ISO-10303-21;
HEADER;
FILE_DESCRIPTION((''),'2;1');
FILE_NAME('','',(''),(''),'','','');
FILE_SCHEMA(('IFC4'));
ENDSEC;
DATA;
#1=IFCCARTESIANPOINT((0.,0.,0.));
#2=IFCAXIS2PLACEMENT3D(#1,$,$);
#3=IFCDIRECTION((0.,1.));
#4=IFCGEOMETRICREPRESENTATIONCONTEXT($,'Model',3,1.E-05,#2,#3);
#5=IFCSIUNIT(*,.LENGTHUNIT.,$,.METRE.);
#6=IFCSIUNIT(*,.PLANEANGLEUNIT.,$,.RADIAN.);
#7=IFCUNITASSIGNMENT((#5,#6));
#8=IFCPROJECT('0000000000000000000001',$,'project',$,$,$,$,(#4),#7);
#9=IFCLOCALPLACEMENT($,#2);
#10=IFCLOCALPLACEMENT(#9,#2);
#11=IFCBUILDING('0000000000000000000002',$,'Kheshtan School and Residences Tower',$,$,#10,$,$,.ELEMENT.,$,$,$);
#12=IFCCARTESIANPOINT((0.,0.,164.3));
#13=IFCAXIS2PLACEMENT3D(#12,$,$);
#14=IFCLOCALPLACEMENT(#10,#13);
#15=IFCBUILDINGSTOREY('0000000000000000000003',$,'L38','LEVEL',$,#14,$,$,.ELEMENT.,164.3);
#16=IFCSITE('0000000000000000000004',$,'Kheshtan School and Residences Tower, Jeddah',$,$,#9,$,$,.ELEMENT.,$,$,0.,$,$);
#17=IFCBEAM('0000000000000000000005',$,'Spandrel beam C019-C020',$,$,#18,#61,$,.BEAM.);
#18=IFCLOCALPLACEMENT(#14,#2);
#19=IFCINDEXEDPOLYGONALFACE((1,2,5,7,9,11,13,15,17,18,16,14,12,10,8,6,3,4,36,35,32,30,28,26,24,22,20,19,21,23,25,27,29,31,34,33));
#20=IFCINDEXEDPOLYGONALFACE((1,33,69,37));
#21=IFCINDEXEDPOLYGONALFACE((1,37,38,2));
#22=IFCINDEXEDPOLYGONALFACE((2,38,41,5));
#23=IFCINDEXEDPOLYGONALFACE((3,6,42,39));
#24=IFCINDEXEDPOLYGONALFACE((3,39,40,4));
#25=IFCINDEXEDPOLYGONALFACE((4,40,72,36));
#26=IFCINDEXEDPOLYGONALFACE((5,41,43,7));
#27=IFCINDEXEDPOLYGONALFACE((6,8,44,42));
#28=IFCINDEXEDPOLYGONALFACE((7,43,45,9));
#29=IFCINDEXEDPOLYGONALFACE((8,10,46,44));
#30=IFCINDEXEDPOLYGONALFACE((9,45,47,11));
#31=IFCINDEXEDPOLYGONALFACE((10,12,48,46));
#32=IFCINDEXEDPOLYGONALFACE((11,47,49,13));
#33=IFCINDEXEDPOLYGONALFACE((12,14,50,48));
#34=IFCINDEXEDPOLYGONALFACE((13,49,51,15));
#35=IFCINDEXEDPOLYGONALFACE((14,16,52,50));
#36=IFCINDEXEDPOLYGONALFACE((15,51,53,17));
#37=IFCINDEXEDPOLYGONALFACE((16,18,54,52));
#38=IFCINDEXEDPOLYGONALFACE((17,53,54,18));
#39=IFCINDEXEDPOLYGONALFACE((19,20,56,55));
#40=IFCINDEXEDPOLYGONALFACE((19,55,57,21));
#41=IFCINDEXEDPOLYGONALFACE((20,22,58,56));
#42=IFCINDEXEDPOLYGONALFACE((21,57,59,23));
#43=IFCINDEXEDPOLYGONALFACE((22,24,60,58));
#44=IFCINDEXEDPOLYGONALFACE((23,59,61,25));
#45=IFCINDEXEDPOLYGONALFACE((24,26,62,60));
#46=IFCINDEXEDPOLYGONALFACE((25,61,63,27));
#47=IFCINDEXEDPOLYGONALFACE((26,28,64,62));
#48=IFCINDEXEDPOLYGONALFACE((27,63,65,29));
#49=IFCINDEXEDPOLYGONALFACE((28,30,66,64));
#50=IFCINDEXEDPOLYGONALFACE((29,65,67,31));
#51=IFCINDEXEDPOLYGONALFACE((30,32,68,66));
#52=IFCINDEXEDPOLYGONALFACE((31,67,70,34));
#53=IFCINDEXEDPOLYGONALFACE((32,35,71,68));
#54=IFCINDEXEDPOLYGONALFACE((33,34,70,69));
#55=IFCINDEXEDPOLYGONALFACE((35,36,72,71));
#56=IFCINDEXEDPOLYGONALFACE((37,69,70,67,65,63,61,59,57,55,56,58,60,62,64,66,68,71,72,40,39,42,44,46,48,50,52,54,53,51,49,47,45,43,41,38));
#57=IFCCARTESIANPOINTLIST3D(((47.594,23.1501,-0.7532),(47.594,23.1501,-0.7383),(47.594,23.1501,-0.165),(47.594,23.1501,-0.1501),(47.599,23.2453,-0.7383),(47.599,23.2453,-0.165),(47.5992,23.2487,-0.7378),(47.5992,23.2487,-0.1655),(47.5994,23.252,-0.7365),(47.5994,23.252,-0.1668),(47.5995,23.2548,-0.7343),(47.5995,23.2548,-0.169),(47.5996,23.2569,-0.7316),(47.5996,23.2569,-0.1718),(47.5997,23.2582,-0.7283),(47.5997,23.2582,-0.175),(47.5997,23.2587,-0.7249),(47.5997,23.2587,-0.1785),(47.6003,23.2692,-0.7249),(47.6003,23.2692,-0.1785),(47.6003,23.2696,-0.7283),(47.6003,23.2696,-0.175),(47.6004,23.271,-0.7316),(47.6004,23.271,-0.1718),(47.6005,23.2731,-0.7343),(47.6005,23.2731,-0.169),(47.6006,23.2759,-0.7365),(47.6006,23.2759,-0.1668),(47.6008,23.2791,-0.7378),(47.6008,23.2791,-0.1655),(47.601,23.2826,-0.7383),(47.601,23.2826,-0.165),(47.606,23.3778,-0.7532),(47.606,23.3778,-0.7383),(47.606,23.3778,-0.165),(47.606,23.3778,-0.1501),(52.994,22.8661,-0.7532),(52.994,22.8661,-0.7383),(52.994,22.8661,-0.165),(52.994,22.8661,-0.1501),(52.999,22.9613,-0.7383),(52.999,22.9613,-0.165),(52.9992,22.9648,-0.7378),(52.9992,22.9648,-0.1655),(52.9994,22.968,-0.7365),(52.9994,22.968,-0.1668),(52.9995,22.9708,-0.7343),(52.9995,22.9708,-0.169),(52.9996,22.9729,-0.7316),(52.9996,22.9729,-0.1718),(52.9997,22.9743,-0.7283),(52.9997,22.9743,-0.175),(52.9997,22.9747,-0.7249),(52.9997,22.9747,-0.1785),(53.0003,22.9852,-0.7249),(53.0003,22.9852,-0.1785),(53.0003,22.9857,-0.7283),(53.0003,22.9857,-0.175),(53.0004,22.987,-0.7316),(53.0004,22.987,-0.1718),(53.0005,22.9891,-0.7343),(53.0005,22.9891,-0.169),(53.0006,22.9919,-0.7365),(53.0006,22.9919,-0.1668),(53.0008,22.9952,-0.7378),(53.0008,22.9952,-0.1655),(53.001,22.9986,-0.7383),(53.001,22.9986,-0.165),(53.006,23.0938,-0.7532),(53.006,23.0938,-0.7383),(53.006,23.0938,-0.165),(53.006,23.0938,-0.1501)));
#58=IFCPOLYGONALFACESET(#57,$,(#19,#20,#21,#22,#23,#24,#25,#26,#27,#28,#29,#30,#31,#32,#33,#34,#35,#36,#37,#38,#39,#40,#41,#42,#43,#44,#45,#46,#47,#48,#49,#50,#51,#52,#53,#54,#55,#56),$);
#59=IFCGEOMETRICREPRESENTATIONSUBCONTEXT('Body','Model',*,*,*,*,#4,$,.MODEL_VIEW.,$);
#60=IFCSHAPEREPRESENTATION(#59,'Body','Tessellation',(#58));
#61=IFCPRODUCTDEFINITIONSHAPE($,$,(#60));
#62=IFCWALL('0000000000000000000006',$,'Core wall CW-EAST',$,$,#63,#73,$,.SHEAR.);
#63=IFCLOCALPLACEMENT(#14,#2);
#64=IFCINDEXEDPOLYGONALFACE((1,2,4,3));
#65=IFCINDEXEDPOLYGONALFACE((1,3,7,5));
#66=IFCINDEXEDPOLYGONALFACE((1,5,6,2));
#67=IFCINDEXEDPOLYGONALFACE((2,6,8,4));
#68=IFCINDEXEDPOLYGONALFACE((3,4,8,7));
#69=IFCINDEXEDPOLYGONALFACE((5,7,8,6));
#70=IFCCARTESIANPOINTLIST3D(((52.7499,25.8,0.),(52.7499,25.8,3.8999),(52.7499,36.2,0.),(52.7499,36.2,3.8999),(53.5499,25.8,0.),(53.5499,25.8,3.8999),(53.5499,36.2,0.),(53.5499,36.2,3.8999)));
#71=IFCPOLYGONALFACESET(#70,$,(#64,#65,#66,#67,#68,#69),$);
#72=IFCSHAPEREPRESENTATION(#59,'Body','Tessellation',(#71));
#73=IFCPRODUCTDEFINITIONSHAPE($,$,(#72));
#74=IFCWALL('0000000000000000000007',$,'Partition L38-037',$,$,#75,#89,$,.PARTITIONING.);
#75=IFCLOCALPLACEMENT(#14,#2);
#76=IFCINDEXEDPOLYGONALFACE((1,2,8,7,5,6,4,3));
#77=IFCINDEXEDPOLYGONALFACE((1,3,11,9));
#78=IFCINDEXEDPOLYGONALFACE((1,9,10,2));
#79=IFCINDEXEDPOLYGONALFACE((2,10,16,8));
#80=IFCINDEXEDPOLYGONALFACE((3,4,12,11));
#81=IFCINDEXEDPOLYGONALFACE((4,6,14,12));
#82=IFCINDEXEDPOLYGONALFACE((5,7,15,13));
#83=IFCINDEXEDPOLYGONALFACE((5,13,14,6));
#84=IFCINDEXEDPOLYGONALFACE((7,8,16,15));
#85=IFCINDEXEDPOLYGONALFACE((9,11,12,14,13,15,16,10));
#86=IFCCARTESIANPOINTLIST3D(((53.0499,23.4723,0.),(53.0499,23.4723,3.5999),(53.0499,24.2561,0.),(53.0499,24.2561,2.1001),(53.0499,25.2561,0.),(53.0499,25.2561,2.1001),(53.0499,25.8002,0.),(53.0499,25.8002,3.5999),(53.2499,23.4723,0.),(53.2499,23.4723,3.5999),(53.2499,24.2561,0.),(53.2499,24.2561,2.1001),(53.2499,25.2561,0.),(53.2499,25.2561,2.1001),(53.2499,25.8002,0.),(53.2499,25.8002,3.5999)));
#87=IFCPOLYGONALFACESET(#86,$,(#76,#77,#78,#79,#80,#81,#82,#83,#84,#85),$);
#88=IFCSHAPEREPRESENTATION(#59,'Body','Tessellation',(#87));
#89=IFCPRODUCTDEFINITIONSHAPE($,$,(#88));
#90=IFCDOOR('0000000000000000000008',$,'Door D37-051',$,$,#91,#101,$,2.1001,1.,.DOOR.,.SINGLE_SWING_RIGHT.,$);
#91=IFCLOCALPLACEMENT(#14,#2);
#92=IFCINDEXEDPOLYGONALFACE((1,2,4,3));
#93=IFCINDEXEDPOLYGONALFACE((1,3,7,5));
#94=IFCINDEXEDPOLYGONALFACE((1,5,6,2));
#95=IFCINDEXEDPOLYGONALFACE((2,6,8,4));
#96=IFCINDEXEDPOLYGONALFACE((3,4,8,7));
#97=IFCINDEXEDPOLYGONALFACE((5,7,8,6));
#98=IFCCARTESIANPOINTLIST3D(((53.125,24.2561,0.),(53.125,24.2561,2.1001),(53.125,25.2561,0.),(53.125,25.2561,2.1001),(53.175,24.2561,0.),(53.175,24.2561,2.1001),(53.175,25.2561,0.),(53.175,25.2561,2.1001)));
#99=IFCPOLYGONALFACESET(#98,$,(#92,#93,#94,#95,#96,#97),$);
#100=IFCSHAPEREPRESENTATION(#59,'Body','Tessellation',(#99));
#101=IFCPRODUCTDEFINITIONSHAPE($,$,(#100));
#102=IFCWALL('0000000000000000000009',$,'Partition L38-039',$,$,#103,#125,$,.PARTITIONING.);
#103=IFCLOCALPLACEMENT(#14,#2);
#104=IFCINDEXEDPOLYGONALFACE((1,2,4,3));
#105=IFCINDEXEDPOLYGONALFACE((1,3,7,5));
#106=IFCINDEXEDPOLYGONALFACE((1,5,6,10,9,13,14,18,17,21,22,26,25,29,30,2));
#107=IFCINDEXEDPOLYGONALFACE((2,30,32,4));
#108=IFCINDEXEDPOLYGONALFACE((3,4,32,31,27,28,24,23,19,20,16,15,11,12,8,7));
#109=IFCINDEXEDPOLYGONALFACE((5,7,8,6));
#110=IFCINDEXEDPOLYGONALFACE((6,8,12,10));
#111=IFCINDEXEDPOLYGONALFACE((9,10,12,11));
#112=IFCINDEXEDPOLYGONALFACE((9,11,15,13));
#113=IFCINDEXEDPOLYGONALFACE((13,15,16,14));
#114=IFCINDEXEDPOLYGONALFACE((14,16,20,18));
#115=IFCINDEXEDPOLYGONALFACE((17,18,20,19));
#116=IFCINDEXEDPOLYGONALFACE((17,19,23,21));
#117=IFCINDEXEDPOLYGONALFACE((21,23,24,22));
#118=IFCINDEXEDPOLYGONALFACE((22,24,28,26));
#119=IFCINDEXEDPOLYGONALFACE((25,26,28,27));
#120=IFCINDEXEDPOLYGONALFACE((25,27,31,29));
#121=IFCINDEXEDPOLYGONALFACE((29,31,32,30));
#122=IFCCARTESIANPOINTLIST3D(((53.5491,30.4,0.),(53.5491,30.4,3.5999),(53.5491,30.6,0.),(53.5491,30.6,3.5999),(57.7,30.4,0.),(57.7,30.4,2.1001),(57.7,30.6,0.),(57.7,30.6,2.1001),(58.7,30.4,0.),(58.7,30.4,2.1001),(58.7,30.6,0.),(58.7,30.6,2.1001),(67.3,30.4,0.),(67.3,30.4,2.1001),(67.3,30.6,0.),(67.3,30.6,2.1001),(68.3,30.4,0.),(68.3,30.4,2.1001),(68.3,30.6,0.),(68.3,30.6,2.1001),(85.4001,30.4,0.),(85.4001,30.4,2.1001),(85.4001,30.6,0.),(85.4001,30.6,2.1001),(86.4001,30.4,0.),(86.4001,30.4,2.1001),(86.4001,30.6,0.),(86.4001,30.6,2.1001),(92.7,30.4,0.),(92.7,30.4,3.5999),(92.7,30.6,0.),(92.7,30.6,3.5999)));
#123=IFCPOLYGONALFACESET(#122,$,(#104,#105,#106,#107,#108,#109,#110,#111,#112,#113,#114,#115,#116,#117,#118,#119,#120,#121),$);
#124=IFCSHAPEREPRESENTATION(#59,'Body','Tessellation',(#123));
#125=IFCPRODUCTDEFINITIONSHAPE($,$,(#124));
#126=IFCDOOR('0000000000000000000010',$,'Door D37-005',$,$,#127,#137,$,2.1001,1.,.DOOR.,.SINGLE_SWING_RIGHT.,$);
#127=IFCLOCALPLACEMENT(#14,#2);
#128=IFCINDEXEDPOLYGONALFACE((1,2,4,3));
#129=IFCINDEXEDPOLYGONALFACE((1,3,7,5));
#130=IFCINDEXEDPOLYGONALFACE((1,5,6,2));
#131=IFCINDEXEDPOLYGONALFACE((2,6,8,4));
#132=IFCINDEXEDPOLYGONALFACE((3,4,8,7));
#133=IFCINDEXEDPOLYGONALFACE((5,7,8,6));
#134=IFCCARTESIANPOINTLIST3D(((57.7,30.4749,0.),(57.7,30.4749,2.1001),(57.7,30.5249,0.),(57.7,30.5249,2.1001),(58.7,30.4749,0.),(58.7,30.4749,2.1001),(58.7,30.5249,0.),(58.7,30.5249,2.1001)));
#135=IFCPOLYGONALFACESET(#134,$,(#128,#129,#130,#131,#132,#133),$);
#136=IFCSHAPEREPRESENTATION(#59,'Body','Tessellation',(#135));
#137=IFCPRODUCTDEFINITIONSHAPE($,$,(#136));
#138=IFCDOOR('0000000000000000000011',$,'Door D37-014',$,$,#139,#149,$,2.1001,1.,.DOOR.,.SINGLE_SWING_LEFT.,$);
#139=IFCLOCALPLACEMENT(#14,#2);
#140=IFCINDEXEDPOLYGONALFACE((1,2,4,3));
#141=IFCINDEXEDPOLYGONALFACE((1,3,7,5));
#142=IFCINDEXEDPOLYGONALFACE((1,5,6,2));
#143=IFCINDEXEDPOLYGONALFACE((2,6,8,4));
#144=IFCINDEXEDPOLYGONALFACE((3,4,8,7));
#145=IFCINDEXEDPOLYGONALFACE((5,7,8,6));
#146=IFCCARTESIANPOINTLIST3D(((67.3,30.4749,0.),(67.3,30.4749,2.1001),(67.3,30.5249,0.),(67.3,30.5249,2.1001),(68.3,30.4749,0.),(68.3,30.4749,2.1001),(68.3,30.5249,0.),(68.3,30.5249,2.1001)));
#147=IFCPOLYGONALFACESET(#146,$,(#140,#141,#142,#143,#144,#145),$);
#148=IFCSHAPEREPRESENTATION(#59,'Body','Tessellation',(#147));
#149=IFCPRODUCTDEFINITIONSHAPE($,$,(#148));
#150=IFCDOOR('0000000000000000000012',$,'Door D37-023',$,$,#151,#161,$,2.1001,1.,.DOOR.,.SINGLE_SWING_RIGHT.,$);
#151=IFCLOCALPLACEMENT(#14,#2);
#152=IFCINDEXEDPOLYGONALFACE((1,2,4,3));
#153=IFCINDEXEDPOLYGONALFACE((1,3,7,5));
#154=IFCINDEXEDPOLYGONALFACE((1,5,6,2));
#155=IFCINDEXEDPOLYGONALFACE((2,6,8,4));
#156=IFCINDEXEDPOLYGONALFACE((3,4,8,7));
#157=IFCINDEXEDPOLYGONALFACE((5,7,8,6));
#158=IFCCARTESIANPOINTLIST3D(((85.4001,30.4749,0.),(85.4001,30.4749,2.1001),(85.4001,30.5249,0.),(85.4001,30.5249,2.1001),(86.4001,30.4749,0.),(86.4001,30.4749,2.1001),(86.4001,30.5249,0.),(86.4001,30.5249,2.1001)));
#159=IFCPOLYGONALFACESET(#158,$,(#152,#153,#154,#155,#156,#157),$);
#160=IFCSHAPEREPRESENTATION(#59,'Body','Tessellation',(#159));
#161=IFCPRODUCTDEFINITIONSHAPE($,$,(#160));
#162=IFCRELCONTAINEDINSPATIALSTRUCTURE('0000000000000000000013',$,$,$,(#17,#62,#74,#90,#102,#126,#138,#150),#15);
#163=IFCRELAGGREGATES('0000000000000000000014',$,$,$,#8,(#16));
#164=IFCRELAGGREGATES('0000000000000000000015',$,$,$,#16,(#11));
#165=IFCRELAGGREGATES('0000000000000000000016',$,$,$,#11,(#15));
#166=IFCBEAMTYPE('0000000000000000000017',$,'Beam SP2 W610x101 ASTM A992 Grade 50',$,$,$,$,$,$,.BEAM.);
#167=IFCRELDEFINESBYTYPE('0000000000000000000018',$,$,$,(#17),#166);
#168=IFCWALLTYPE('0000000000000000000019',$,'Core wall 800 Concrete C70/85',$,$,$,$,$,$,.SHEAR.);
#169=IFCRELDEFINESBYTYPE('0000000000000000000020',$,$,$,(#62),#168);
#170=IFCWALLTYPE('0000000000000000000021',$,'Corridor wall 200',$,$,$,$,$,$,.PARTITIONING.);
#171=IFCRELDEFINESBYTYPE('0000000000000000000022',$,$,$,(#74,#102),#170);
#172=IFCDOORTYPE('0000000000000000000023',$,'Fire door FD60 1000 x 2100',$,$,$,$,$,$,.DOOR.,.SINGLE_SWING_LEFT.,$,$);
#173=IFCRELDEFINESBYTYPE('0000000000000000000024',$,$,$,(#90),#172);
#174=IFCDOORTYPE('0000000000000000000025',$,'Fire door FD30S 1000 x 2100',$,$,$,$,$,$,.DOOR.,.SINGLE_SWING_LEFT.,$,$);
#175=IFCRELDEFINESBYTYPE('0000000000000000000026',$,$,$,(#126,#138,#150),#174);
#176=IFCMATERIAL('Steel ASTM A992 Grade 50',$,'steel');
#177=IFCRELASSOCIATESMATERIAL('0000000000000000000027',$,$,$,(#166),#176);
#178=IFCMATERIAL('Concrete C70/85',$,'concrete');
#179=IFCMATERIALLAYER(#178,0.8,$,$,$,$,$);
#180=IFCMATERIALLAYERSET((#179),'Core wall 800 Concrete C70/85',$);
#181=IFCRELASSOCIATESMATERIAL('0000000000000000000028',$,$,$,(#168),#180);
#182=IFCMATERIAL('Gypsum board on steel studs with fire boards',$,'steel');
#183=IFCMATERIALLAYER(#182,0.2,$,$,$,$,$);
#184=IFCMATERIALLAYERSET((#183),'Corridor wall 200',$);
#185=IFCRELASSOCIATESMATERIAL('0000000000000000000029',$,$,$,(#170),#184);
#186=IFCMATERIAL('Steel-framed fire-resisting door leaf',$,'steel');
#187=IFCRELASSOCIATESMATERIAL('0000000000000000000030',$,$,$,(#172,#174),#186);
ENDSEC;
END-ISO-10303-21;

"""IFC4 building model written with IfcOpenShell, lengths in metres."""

from ifc_helpers import new_model, si_unit, direction, frame, frame_2d, origin, origin_2d, place, context, subcontext, project, spatial, rectangle, i_section, extrude, source, transform, mapped, material, layer, layer_set, material_profile, profile_set, type_object, element, fill, save


model = new_model("IFC4")

# Units and contexts
model_context = context("Model", 3, precision=1e-05, world=origin(), true_north=direction((0.0, 1.0)))
body_context = subcontext(model_context, "Body", "Model", "MODEL_VIEW")
ifc_project = project(units=[si_unit("LENGTHUNIT", "METRE"), si_unit("PLANEANGLEUNIT", "RADIAN")], contexts=[model_context])

# Site, building, storey
site_placement = place(None, origin())
site = spatial("IfcSite", under=ifc_project, at=site_placement, Name="Kheshtan School and Residences Tower, Jeddah", CompositionType="ELEMENT", RefElevation=0.0)
building_placement = place(site_placement, origin())
building = spatial("IfcBuilding", under=site, at=building_placement, Name="Kheshtan School and Residences Tower", CompositionType="ELEMENT")
storey_placement = place(building_placement, frame((0.0, 0.0, 164.3)))
storey = spatial("IfcBuildingStorey", under=building, at=storey_placement, Name="L38", Description="LEVEL", CompositionType="ELEMENT", Elevation=164.3)

# Shared definitions
ifc_material_1 = material(Name="Steel ASTM A992 Grade 50", Category="steel")

# Beam
ifc_material_profile_1 = material_profile(ifc_material_1, i_section(OverallWidth=0.228, OverallDepth=0.603, WebThickness=0.0105, FlangeThickness=0.0149, FilletRadius=0.0134, at=origin_2d()), Name="W610x101")
ifc_profile_set_1 = profile_set([ifc_material_profile_1], Name="Steel ASTM A992 Grade 50")
beam_type_1 = type_object("IfcBeamType", Name="Beam SP2 W610x101 ASTM A992 Grade 50", PredefinedType="BEAM", material=ifc_profile_set_1)
beam_1_placement = place(storey_placement, frame((53.0, 22.98, -0.4517), z_axis=(-0.99862, 0.052509, 0.0), x_axis=(-0.052509, -0.99862, 0.0)))
element("IfcBeam", 1, at=beam_1_placement, inside=storey, type_object=beam_type_1, Name="Spandrel beam C019-C020", PredefinedType="BEAM", context=body_context, shape_type="SweptSolid", body=[
    extrude(i_section(OverallWidth=0.228, OverallDepth=0.603, WebThickness=0.0105, FlangeThickness=0.0149, FilletRadius=0.0134, at=origin_2d()), origin(), (0.0, 0.0, 1.0), 5.4075),
])

# Wall
ifc_material_2 = material(Name="Concrete C70/85", Category="concrete")
ifc_layer_1 = layer(ifc_material_2, 0.8)
ifc_layer_set_1 = layer_set([ifc_layer_1], Name="Core wall 800 Concrete C70/85")
wall_type_1 = type_object("IfcWallType", Name="Core wall 800 Concrete C70/85", PredefinedType="SHEAR", material=ifc_layer_set_1)
wall_1_placement = place(storey_placement, frame((53.1499, 25.8, 0.0), z_axis=(0.0, 0.0, 1.0), x_axis=(0.0, 1.0, 0.0)))
element("IfcWall", 2, at=wall_1_placement, inside=storey, type_object=wall_type_1, Name="Core wall CW-EAST", PredefinedType="SHEAR", context=body_context, shape_type="SweptSolid", body=[
    extrude(rectangle(XDim=10.3999, YDim=0.8, at=frame_2d((5.2, 0.0))), origin(), (0.0, 0.0, 1.0), 3.8999),
])

# Wall, opening, door
ifc_material_3 = material(Name="Gypsum board on steel studs with fire boards", Category="steel")
ifc_layer_2 = layer(ifc_material_3, 0.2)
ifc_layer_set_2 = layer_set([ifc_layer_2], Name="Corridor wall 200")
wall_type_2 = type_object("IfcWallType", Name="Corridor wall 200", PredefinedType="PARTITIONING", material=ifc_layer_set_2)
wall_2_placement = place(storey_placement, frame((53.1499, 23.4722, 0.0), z_axis=(0.0, 0.0, 1.0), x_axis=(0.0, 1.0, 0.0)))
wall_2 = element("IfcWall", 3, at=wall_2_placement, inside=storey, type_object=wall_type_2, Name="Partition L38-037", PredefinedType="PARTITIONING", context=body_context, shape_type="SweptSolid", body=[
    extrude(rectangle(XDim=2.3279, YDim=0.2, at=frame_2d((1.1641, 0.0))), origin(), (0.0, 0.0, 1.0), 3.5999),
])
opening_1_placement = place(wall_2_placement, frame((0.7839, 0.0, 0.0)))
opening_1 = element("IfcOpeningElement", 4, at=opening_1_placement, cuts=wall_2, PredefinedType="OPENING", context=body_context, shape_type="SweptSolid", body=[
    extrude(rectangle(XDim=1.0, YDim=2.1001, at=frame_2d((0.5, 1.05))), frame((0.0, 0.1099, 0.0), z_axis=(0.0, -1.0, 0.0), x_axis=(1.0, 0.0, 0.0)), (0.0, 0.0, 1.0), 0.22),
])
ifc_material_4 = material(Name="Steel-framed fire-resisting door leaf", Category="steel")
door_type_1 = type_object("IfcDoorType", Name="Fire door FD60 1000 x 2100", OperationType="SINGLE_SWING_LEFT", PredefinedType="DOOR", material=ifc_material_4)
shared_shape_1 = source(origin(), body_context, "Body", "SweptSolid", [
    extrude(rectangle(XDim=1.0, YDim=2.1001, at=frame_2d((0.5, 1.05))), frame((0.0, 0.0249, 0.0), z_axis=(0.0, -1.0, 0.0), x_axis=(1.0, 0.0, 0.0)), (0.0, 0.0, 1.0), 0.05),
])
door_1_placement = place(opening_1_placement, origin())
door_1 = element("IfcDoor", 5, at=door_1_placement, inside=storey, type_object=door_type_1, Name="Door D37-051", OperationType="SINGLE_SWING_RIGHT", OverallHeight=2.1001, OverallWidth=1.0, PredefinedType="DOOR", context=body_context, shape_type="MappedRepresentation", body=[
    mapped(shared_shape_1, transform((0.0, 0.0, 0.0), x_axis=(1.0, 0.0, 0.0), y_axis=(0.0, 1.0, 0.0), z_axis=(0.0, 0.0, 1.0), scale=1.0)),
])
fill(opening_1, door_1)

# Wall, openings, doors
wall_3_placement = place(storey_placement, frame((53.5491, 30.5, 0.0), z_axis=(0.0, 0.0, 1.0), x_axis=(1.0, 0.0, 0.0)))
wall_3 = element("IfcWall", 6, at=wall_3_placement, inside=storey, type_object=wall_type_2, Name="Partition L38-039", PredefinedType="PARTITIONING", context=body_context, shape_type="SweptSolid", body=[
    extrude(rectangle(XDim=39.1509, YDim=0.2, at=frame_2d((19.5754, 0.0))), origin(), (0.0, 0.0, 1.0), 3.5999),
])
opening_2_placement = place(wall_3_placement, frame((4.1509, 0.0, 0.0)))
opening_2 = element("IfcOpeningElement", 7, at=opening_2_placement, cuts=wall_3, PredefinedType="OPENING", context=body_context, shape_type="SweptSolid", body=[
    extrude(rectangle(XDim=1.0, YDim=2.1001, at=frame_2d((0.5, 1.05))), frame((0.0, 0.1099, 0.0), z_axis=(0.0, -1.0, 0.0), x_axis=(1.0, 0.0, 0.0)), (0.0, 0.0, 1.0), 0.22),
])
opening_3_placement = place(wall_3_placement, frame((13.751, 0.0, 0.0)))
opening_3 = element("IfcOpeningElement", 8, at=opening_3_placement, cuts=wall_3, PredefinedType="OPENING", context=body_context, shape_type="SweptSolid", body=[
    extrude(rectangle(XDim=1.0, YDim=2.1001, at=frame_2d((0.5, 1.05))), frame((0.0, 0.1099, 0.0), z_axis=(0.0, -1.0, 0.0), x_axis=(1.0, 0.0, 0.0)), (0.0, 0.0, 1.0), 0.22),
])
opening_4_placement = place(wall_3_placement, frame((31.8511, 0.0, 0.0)))
opening_4 = element("IfcOpeningElement", 9, at=opening_4_placement, cuts=wall_3, PredefinedType="OPENING", context=body_context, shape_type="SweptSolid", body=[
    extrude(rectangle(XDim=1.0, YDim=2.1001, at=frame_2d((0.5, 1.05))), frame((0.0, 0.1099, 0.0), z_axis=(0.0, -1.0, 0.0), x_axis=(1.0, 0.0, 0.0)), (0.0, 0.0, 1.0), 0.22),
])
door_type_2 = type_object("IfcDoorType", Name="Fire door FD30S 1000 x 2100", OperationType="SINGLE_SWING_LEFT", PredefinedType="DOOR", material=ifc_material_4)
shared_shape_2 = source(origin(), body_context, "Body", "SweptSolid", [
    extrude(rectangle(XDim=1.0, YDim=2.1001, at=frame_2d((0.5, 1.05))), frame((0.0, 0.0249, 0.0), z_axis=(0.0, -1.0, 0.0), x_axis=(1.0, 0.0, 0.0)), (0.0, 0.0, 1.0), 0.05),
])
door_2_placement = place(opening_2_placement, origin())
door_2 = element("IfcDoor", 10, at=door_2_placement, inside=storey, type_object=door_type_2, Name="Door D37-005", OperationType="SINGLE_SWING_RIGHT", OverallHeight=2.1001, OverallWidth=1.0, PredefinedType="DOOR", context=body_context, shape_type="MappedRepresentation", body=[
    mapped(shared_shape_2, transform((0.0, 0.0, 0.0), x_axis=(1.0, 0.0, 0.0), y_axis=(0.0, 1.0, 0.0), z_axis=(0.0, 0.0, 1.0), scale=1.0)),
])
fill(opening_2, door_2)
door_3_placement = place(opening_3_placement, origin())
door_3 = element("IfcDoor", 11, at=door_3_placement, inside=storey, type_object=door_type_2, Name="Door D37-014", OperationType="SINGLE_SWING_LEFT", OverallHeight=2.1001, OverallWidth=1.0, PredefinedType="DOOR", context=body_context, shape_type="MappedRepresentation", body=[
    mapped(shared_shape_2, transform((0.0, 0.0, 0.0), x_axis=(1.0, 0.0, 0.0), y_axis=(0.0, 1.0, 0.0), z_axis=(0.0, 0.0, 1.0), scale=1.0)),
])
fill(opening_3, door_3)
door_4_placement = place(opening_4_placement, origin())
door_4 = element("IfcDoor", 12, at=door_4_placement, inside=storey, type_object=door_type_2, Name="Door D37-023", OperationType="SINGLE_SWING_RIGHT", OverallHeight=2.1001, OverallWidth=1.0, PredefinedType="DOOR", context=body_context, shape_type="MappedRepresentation", body=[
    mapped(shared_shape_2, transform((0.0, 0.0, 0.0), x_axis=(1.0, 0.0, 0.0), y_axis=(0.0, 1.0, 0.0), z_axis=(0.0, 0.0, 1.0), scale=1.0)),
])
fill(opening_4, door_4)

save(model, "model.ifc")
